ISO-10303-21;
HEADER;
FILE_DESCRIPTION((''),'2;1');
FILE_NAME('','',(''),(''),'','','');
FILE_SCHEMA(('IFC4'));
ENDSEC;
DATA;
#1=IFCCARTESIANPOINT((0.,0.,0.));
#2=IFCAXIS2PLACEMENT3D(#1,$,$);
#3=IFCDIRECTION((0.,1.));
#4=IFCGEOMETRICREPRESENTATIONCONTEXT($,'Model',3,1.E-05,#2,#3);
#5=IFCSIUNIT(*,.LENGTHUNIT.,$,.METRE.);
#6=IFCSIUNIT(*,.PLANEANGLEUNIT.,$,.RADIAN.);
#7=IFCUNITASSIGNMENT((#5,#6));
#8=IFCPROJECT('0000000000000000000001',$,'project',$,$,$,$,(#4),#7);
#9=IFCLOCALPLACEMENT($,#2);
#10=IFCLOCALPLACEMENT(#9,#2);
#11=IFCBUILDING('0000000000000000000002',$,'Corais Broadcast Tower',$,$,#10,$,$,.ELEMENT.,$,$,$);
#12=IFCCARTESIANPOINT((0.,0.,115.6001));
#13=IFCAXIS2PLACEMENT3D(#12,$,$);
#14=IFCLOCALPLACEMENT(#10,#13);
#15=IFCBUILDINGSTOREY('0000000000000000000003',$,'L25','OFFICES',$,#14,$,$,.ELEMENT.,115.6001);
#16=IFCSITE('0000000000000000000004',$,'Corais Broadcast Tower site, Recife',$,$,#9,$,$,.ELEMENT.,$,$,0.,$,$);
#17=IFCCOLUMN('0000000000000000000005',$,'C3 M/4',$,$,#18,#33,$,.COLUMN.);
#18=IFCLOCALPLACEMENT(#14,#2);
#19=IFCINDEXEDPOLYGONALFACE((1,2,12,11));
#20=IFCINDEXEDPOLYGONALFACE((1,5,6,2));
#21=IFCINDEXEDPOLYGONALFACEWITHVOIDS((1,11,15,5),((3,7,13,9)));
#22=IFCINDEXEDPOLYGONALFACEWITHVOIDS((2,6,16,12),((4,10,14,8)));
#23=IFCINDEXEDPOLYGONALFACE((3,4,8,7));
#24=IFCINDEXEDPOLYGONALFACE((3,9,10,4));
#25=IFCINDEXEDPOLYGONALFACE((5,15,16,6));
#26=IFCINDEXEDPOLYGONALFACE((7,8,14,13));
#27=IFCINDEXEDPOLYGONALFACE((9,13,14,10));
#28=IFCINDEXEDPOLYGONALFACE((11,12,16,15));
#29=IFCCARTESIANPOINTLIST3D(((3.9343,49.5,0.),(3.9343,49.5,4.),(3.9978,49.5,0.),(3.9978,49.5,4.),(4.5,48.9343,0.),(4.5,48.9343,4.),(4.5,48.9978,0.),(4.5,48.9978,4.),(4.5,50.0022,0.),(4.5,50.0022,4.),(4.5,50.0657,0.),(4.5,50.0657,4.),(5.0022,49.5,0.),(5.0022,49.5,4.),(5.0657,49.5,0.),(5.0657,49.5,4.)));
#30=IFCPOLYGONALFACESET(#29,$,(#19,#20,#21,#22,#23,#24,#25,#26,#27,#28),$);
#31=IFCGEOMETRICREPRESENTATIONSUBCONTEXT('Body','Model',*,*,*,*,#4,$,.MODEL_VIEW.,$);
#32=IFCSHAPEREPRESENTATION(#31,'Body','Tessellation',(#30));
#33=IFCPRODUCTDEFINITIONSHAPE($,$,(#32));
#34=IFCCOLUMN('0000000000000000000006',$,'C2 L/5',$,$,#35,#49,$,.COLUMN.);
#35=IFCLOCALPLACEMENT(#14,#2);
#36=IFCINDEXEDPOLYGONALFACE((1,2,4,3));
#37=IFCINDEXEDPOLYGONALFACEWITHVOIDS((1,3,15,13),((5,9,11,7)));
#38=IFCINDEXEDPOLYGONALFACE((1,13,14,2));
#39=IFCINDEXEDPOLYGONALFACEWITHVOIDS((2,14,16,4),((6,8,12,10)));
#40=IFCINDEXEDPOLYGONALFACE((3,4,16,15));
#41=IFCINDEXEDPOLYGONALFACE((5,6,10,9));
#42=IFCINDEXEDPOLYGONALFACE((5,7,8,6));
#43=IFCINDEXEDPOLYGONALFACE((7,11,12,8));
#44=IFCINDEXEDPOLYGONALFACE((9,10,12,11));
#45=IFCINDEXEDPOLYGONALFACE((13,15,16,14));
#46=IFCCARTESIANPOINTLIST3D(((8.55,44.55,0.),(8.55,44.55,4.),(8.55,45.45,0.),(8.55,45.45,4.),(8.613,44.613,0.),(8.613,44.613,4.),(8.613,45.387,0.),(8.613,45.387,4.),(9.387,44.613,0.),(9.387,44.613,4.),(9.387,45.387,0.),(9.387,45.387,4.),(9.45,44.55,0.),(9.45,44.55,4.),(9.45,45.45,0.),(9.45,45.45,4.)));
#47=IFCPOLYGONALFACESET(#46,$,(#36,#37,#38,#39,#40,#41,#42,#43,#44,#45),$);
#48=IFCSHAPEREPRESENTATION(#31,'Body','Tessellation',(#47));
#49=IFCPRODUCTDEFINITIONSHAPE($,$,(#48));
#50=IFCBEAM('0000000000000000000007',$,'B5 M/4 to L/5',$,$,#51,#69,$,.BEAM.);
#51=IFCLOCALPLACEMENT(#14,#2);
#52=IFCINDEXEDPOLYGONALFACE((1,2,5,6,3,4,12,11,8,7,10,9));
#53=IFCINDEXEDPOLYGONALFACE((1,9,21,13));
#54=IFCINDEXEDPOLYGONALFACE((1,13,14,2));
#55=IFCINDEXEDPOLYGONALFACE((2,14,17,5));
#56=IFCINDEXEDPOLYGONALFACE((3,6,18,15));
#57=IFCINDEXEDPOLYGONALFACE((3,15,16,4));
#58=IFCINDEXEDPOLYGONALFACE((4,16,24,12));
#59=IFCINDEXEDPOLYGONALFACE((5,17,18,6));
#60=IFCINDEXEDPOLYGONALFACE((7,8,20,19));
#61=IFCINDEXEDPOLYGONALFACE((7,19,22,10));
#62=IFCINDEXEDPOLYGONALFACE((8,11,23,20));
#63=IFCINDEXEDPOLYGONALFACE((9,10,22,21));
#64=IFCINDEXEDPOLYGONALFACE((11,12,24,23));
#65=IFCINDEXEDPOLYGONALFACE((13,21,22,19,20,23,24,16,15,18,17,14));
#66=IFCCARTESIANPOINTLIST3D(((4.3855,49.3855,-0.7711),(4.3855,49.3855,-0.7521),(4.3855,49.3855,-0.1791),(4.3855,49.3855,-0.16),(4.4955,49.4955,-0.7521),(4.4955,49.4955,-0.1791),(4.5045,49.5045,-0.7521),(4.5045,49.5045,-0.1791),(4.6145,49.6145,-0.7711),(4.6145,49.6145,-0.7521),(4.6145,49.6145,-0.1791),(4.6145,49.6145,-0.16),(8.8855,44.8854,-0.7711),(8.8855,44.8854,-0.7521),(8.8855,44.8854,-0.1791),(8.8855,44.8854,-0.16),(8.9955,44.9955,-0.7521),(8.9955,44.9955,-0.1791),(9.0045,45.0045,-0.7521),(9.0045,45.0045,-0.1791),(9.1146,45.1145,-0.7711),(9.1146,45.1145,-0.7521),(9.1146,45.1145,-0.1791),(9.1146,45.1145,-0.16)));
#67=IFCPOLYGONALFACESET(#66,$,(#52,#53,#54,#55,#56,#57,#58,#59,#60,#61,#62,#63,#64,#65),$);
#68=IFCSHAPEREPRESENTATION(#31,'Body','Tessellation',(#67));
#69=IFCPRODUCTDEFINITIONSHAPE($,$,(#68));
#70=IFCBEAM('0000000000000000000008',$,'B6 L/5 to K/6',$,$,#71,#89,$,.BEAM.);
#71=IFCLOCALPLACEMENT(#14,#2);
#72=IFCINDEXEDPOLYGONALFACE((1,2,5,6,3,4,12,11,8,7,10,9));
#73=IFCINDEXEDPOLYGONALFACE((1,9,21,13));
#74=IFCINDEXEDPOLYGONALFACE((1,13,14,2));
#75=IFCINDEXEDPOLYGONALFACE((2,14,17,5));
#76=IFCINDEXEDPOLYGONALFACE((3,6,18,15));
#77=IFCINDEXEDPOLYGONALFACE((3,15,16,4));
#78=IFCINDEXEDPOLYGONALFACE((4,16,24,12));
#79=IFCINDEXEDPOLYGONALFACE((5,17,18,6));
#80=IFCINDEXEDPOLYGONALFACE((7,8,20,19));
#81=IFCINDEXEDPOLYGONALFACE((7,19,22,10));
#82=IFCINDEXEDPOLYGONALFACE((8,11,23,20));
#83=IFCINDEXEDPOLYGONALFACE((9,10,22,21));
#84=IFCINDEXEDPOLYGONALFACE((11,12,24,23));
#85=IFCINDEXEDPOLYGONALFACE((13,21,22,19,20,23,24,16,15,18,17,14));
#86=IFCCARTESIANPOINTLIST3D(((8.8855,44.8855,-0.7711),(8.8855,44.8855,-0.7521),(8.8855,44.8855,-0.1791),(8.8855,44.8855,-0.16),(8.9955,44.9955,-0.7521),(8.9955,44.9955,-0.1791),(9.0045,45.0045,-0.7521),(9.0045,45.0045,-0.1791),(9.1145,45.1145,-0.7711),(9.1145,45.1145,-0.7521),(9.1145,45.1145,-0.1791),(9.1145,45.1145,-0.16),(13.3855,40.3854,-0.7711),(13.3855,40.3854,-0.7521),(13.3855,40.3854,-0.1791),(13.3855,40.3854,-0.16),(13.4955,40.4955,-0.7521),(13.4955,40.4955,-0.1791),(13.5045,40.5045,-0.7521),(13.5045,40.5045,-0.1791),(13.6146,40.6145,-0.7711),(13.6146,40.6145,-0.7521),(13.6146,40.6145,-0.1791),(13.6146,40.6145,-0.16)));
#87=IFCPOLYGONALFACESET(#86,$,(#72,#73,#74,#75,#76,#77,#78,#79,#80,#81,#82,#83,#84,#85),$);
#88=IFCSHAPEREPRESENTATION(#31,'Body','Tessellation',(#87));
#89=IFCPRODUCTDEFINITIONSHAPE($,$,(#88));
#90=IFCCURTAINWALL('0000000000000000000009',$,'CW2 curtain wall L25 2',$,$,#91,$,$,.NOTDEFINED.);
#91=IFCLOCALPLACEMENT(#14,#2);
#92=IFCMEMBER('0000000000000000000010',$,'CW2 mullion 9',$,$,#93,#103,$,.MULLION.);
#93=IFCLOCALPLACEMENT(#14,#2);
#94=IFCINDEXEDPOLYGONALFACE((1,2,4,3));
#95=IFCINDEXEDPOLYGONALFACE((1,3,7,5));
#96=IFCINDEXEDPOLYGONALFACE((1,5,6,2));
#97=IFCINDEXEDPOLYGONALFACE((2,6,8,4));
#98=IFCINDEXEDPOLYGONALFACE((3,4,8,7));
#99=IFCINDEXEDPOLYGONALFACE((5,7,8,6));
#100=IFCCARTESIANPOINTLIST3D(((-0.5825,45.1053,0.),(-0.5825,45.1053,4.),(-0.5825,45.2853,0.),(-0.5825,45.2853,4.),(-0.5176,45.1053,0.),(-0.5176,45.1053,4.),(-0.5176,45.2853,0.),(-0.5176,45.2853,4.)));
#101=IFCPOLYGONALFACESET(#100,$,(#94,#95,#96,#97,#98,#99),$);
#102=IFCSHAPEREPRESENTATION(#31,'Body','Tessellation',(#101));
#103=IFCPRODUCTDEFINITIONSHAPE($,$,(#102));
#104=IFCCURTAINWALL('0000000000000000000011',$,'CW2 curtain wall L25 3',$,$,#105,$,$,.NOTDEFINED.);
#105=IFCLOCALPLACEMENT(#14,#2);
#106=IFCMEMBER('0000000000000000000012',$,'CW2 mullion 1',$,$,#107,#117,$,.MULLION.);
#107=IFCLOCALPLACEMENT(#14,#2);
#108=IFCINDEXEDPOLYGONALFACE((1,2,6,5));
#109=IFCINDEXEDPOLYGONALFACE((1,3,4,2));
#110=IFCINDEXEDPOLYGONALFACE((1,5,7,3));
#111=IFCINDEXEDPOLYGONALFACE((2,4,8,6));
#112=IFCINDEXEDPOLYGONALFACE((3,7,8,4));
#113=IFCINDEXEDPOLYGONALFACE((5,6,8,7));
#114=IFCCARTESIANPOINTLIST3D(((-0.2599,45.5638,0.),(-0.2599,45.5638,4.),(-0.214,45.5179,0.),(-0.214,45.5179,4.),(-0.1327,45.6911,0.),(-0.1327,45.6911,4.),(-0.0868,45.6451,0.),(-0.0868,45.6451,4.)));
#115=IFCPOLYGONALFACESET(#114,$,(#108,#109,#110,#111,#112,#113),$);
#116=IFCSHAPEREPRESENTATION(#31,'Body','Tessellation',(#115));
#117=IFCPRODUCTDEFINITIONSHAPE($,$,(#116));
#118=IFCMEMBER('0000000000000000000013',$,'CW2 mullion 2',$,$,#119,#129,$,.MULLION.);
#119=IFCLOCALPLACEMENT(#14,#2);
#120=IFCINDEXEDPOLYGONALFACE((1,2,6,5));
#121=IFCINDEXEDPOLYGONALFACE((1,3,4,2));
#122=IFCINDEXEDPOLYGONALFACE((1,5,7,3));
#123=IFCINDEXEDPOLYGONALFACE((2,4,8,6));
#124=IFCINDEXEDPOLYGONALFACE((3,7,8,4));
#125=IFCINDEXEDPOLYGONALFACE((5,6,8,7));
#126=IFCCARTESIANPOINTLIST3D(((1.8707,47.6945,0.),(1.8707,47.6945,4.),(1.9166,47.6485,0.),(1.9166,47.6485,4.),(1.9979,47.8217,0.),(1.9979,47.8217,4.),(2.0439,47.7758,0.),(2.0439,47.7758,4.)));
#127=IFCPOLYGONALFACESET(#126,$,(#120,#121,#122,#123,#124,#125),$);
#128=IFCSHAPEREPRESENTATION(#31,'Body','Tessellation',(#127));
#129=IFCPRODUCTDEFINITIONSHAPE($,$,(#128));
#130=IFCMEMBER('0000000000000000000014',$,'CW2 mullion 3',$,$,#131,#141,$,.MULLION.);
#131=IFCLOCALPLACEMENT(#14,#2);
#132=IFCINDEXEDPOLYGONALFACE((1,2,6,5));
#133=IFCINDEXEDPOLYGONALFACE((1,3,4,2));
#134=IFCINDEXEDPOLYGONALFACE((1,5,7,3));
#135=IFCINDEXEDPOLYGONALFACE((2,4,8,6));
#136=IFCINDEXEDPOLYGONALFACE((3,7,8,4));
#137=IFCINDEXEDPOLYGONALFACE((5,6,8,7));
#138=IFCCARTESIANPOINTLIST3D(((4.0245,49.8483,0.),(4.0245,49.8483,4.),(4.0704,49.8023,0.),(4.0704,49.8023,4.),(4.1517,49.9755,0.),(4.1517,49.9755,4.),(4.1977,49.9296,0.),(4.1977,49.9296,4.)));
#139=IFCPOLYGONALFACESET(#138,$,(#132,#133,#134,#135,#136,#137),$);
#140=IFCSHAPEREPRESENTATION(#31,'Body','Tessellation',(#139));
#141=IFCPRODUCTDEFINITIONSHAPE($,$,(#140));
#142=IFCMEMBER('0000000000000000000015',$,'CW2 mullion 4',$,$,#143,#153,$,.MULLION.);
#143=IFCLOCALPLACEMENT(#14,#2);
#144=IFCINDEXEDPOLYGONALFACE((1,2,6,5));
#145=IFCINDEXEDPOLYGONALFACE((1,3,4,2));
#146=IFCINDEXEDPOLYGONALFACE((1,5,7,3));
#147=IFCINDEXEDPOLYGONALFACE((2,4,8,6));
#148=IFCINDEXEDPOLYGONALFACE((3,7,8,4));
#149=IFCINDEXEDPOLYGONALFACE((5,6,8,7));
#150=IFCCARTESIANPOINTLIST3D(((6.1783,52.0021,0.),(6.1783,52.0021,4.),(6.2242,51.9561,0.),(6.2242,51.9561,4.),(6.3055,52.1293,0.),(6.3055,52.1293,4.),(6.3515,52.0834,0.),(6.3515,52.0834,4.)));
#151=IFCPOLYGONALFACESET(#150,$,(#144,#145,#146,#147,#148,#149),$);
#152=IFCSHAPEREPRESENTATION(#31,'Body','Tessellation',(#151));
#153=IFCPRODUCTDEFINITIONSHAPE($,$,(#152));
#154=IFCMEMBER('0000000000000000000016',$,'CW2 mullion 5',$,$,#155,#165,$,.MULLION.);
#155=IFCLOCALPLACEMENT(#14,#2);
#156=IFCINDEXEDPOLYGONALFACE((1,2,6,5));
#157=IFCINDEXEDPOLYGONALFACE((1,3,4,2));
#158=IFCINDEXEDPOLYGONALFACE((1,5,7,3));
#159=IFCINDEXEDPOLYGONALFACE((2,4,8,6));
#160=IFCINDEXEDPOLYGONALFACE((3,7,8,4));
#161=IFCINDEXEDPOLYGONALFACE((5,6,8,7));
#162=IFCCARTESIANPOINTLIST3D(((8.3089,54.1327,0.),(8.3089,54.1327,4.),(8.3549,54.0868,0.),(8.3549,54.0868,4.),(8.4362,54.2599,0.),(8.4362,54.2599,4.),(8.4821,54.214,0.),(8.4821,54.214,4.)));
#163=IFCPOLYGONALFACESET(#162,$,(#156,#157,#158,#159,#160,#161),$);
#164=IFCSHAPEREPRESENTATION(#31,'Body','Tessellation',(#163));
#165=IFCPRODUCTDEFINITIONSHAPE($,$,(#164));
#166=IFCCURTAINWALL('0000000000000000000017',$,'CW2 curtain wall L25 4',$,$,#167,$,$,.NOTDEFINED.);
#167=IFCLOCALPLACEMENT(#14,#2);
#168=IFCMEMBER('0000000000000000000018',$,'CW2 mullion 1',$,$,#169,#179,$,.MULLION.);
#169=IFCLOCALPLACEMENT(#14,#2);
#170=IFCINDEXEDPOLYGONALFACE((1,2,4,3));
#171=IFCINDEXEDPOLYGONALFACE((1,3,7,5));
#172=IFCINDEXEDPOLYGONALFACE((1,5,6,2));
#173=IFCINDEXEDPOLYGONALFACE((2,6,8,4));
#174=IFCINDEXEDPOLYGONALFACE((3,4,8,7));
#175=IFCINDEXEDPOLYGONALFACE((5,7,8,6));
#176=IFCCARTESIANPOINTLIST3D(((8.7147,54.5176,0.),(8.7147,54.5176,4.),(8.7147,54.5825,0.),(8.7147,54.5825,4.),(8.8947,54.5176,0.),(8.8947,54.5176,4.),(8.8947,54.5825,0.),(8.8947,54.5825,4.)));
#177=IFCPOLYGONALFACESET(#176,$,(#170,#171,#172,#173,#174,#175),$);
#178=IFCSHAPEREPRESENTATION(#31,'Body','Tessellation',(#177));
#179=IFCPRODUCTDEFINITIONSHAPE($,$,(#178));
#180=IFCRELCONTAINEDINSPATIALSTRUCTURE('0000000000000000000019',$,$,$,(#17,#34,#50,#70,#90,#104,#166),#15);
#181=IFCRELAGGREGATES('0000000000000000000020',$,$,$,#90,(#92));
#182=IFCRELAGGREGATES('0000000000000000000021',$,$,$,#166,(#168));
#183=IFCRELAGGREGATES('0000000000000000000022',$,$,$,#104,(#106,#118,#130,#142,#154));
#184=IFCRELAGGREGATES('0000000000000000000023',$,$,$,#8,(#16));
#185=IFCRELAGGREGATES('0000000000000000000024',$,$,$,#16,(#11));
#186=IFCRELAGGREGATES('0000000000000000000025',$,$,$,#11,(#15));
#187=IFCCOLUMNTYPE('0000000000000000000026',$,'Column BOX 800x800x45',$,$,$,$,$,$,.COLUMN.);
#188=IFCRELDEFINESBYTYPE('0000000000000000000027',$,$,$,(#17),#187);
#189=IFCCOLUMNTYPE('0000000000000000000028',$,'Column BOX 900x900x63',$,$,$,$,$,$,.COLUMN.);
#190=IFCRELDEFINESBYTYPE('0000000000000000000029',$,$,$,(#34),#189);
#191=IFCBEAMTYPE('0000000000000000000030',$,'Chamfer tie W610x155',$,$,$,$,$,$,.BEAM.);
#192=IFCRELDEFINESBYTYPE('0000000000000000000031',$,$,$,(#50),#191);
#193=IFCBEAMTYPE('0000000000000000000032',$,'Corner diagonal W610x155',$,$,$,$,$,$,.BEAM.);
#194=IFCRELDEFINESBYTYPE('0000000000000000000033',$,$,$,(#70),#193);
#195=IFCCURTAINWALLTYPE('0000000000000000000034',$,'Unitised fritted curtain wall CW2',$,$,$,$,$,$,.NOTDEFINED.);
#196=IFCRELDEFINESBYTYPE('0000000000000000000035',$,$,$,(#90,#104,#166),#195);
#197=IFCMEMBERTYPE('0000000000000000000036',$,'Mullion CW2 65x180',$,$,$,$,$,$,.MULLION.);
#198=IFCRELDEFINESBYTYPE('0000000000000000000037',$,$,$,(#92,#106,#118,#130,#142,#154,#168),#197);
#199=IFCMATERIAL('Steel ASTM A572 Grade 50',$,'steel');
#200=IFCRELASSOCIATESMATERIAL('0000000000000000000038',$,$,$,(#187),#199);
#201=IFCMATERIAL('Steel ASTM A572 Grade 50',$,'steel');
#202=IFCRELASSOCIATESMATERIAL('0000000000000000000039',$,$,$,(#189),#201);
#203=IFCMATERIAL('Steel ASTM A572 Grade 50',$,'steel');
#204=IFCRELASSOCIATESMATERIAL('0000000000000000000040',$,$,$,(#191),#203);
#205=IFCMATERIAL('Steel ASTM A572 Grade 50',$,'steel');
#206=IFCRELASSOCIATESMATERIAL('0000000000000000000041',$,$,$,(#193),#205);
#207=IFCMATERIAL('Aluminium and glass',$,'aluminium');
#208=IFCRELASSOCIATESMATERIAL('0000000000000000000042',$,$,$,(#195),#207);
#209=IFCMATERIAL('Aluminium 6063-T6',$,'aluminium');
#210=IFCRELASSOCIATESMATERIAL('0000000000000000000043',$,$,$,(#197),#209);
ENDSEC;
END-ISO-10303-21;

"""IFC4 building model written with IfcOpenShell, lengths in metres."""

from ifc_helpers import new_model, si_unit, direction, frame, origin, origin_2d, place, context, subcontext, project, spatial, rectangle, hollow_rectangle, i_section, extrude, material, material_profile, profile_set, type_object, element, aggregate, save


model = new_model("IFC4")

# Units and contexts
model_context = context("Model", 3, precision=1e-05, world=origin(), true_north=direction((0.0, 1.0)))
body_context = subcontext(model_context, "Body", "Model", "MODEL_VIEW")
ifc_project = project(units=[si_unit("LENGTHUNIT", "METRE"), si_unit("PLANEANGLEUNIT", "RADIAN")], contexts=[model_context])

# Site, building, storey
site_placement = place(None, origin())
site = spatial("IfcSite", under=ifc_project, at=site_placement, Name="Corais Broadcast Tower site, Recife", CompositionType="ELEMENT", RefElevation=0.0)
building_placement = place(site_placement, origin())
building = spatial("IfcBuilding", under=site, at=building_placement, Name="Corais Broadcast Tower", CompositionType="ELEMENT")
storey_placement = place(building_placement, frame((0.0, 0.0, 115.6001)))
storey = spatial("IfcBuildingStorey", under=building, at=storey_placement, Name="L25", Description="OFFICES", CompositionType="ELEMENT", Elevation=115.6001)

# Columns
ifc_material_1 = material(Name="Steel ASTM A572 Grade 50", Category="steel")
ifc_material_profile_1 = material_profile(ifc_material_1, hollow_rectangle(XDim=0.8, YDim=0.8, WallThickness=0.0449, at=origin_2d()), Name="BOX 800x800x45")
ifc_profile_set_1 = profile_set([ifc_material_profile_1], Name="Steel ASTM A572 Grade 50")
column_type_1 = type_object("IfcColumnType", Name="Column BOX 800x800x45", PredefinedType="COLUMN", material=ifc_profile_set_1)
column_1_placement = place(storey_placement, frame((4.5, 49.5, 0.0), z_axis=(0.0, 0.0, 1.0), x_axis=(0.707107, 0.707107, 0.0)))
element("IfcColumn", 1, at=column_1_placement, inside=storey, type_object=column_type_1, Name="C3 M/4", PredefinedType="COLUMN", context=body_context, shape_type="SweptSolid", body=[
    extrude(hollow_rectangle(XDim=0.8, YDim=0.8, WallThickness=0.0449, at=origin_2d()), origin(), (0.0, 0.0, 1.0), 4.0),
])
ifc_material_2 = material(Name="Steel ASTM A572 Grade 50", Category="steel")
ifc_material_profile_2 = material_profile(ifc_material_2, hollow_rectangle(XDim=0.8999, YDim=0.8999, WallThickness=0.063, at=origin_2d()), Name="BOX 900x900x63")
ifc_profile_set_2 = profile_set([ifc_material_profile_2], Name="Steel ASTM A572 Grade 50")
column_type_2 = type_object("IfcColumnType", Name="Column BOX 900x900x63", PredefinedType="COLUMN", material=ifc_profile_set_2)
column_2_placement = place(storey_placement, frame((9.0, 45.0, 0.0), z_axis=(0.0, 0.0, 1.0), x_axis=(1.0, 0.0, 0.0)))
element("IfcColumn", 2, at=column_2_placement, inside=storey, type_object=column_type_2, Name="C2 L/5", PredefinedType="COLUMN", context=body_context, shape_type="SweptSolid", body=[
    extrude(hollow_rectangle(XDim=0.8999, YDim=0.8999, WallThickness=0.063, at=origin_2d()), origin(), (0.0, 0.0, 1.0), 4.0),
])

# Beams
ifc_material_3 = material(Name="Steel ASTM A572 Grade 50", Category="steel")
ifc_material_profile_3 = material_profile(ifc_material_3, i_section(OverallWidth=0.324, OverallDepth=0.6111, WebThickness=0.0127, FlangeThickness=0.019, at=origin_2d()), Name="W610x155")
ifc_profile_set_3 = profile_set([ifc_material_profile_3], Name="Steel ASTM A572 Grade 50")
beam_type_1 = type_object("IfcBeamType", Name="Chamfer tie W610x155", PredefinedType="BEAM", material=ifc_profile_set_3)
beam_1_placement = place(storey_placement, frame((4.5, 49.5, -0.4656), z_axis=(0.707107, -0.707107, 0.0), x_axis=(0.707107, 0.707107, 0.0)))
element("IfcBeam", 3, at=beam_1_placement, inside=storey, type_object=beam_type_1, Name="B5 M/4 to L/5", PredefinedType="BEAM", context=body_context, shape_type="SweptSolid", body=[
    extrude(i_section(OverallWidth=0.324, OverallDepth=0.6111, WebThickness=0.0127, FlangeThickness=0.019, at=origin_2d()), origin(), (0.0, 0.0, 1.0), 6.364),
])
ifc_material_4 = material(Name="Steel ASTM A572 Grade 50", Category="steel")
ifc_material_profile_4 = material_profile(ifc_material_4, i_section(OverallWidth=0.324, OverallDepth=0.6111, WebThickness=0.0127, FlangeThickness=0.019, at=origin_2d()), Name="W610x155")
ifc_profile_set_4 = profile_set([ifc_material_profile_4], Name="Steel ASTM A572 Grade 50")
beam_type_2 = type_object("IfcBeamType", Name="Corner diagonal W610x155", PredefinedType="BEAM", material=ifc_profile_set_4)
beam_2_placement = place(storey_placement, frame((9.0, 45.0, -0.4656), z_axis=(0.707107, -0.707107, 0.0), x_axis=(0.707107, 0.707107, 0.0)))
element("IfcBeam", 4, at=beam_2_placement, inside=storey, type_object=beam_type_2, Name="B6 L/5 to K/6", PredefinedType="BEAM", context=body_context, shape_type="SweptSolid", body=[
    extrude(i_section(OverallWidth=0.324, OverallDepth=0.6111, WebThickness=0.0127, FlangeThickness=0.019, at=origin_2d()), origin(), (0.0, 0.0, 1.0), 6.364),
])

# Curtain wall, member
ifc_material_5 = material(Name="Aluminium and glass", Category="aluminium")
curtain_wall_type = type_object("IfcCurtainWallType", Name="Unitised fritted curtain wall CW2", PredefinedType="NOTDEFINED", material=ifc_material_5)
curtain_wall_1_placement = place(storey_placement, origin())
curtain_wall_1 = element("IfcCurtainWall", 5, at=curtain_wall_1_placement, inside=storey, type_object=curtain_wall_type, Name="CW2 curtain wall L25 2", PredefinedType="NOTDEFINED")
ifc_material_6 = material(Name="Aluminium 6063-T6", Category="aluminium")
ifc_material_profile_5 = material_profile(ifc_material_6, rectangle(XDim=0.0649, YDim=0.1799, at=origin_2d()), Name="Mullion CW2 65x180")
ifc_profile_set_5 = profile_set([ifc_material_profile_5], Name="Aluminium 6063-T6")
member_type_1 = type_object("IfcMemberType", Name="Mullion CW2 65x180", PredefinedType="MULLION", material=ifc_profile_set_5)
member_1_placement = place(storey_placement, frame((-0.55, 45.1953, 0.0), z_axis=(0.0, 0.0, 1.0), x_axis=(-1.0, 0.0, 0.0)))
member_1 = element("IfcMember", 6, at=member_1_placement, type_object=member_type_1, Name="CW2 mullion 9", PredefinedType="MULLION", context=body_context, shape_type="SweptSolid", body=[
    extrude(rectangle(XDim=0.0649, YDim=0.1799, at=origin_2d()), origin(), (0.0, 0.0, 1.0), 4.0),
])
aggregate(curtain_wall_1, [member_1])

# Curtain wall, members
curtain_wall_2_placement = place(storey_placement, origin())
curtain_wall_2 = element("IfcCurtainWall", 7, at=curtain_wall_2_placement, inside=storey, type_object=curtain_wall_type, Name="CW2 curtain wall L25 3", PredefinedType="NOTDEFINED")
member_2_placement = place(storey_placement, frame((-0.1733, 45.6045, 0.0), z_axis=(0.0, 0.0, 1.0), x_axis=(-0.707107, 0.707107, 0.0)))
member_2 = element("IfcMember", 8, at=member_2_placement, type_object=member_type_1, Name="CW2 mullion 1", PredefinedType="MULLION", context=body_context, shape_type="SweptSolid", body=[
    extrude(rectangle(XDim=0.0649, YDim=0.1799, at=origin_2d()), origin(), (0.0, 0.0, 1.0), 4.0),
])
member_3_placement = place(storey_placement, frame((1.9573, 47.7351, 0.0), z_axis=(0.0, 0.0, 1.0), x_axis=(-0.707107, 0.707107, 0.0)))
member_3 = element("IfcMember", 9, at=member_3_placement, type_object=member_type_1, Name="CW2 mullion 2", PredefinedType="MULLION", context=body_context, shape_type="SweptSolid", body=[
    extrude(rectangle(XDim=0.0649, YDim=0.1799, at=origin_2d()), origin(), (0.0, 0.0, 1.0), 4.0),
])
member_4_placement = place(storey_placement, frame((4.1111, 49.8889, 0.0), z_axis=(0.0, 0.0, 1.0), x_axis=(-0.707107, 0.707107, 0.0)))
member_4 = element("IfcMember", 10, at=member_4_placement, type_object=member_type_1, Name="CW2 mullion 3", PredefinedType="MULLION", context=body_context, shape_type="SweptSolid", body=[
    extrude(rectangle(XDim=0.0649, YDim=0.1799, at=origin_2d()), origin(), (0.0, 0.0, 1.0), 4.0),
])
member_5_placement = place(storey_placement, frame((6.2649, 52.0427, 0.0), z_axis=(0.0, 0.0, 1.0), x_axis=(-0.707107, 0.707107, 0.0)))
member_5 = element("IfcMember", 11, at=member_5_placement, type_object=member_type_1, Name="CW2 mullion 4", PredefinedType="MULLION", context=body_context, shape_type="SweptSolid", body=[
    extrude(rectangle(XDim=0.0649, YDim=0.1799, at=origin_2d()), origin(), (0.0, 0.0, 1.0), 4.0),
])
member_6_placement = place(storey_placement, frame((8.3955, 54.1733, 0.0), z_axis=(0.0, 0.0, 1.0), x_axis=(-0.707107, 0.707107, 0.0)))
member_6 = element("IfcMember", 12, at=member_6_placement, type_object=member_type_1, Name="CW2 mullion 5", PredefinedType="MULLION", context=body_context, shape_type="SweptSolid", body=[
    extrude(rectangle(XDim=0.0649, YDim=0.1799, at=origin_2d()), origin(), (0.0, 0.0, 1.0), 4.0),
])

# Curtain wall, member
curtain_wall_3_placement = place(storey_placement, origin())
curtain_wall_3 = element("IfcCurtainWall", 13, at=curtain_wall_3_placement, inside=storey, type_object=curtain_wall_type, Name="CW2 curtain wall L25 4", PredefinedType="NOTDEFINED")
member_7_placement = place(storey_placement, frame((8.8047, 54.55, 0.0), z_axis=(0.0, 0.0, 1.0), x_axis=(0.0, 1.0, 0.0)))
member_7 = element("IfcMember", 14, at=member_7_placement, type_object=member_type_1, Name="CW2 mullion 1", PredefinedType="MULLION", context=body_context, shape_type="SweptSolid", body=[
    extrude(rectangle(XDim=0.0649, YDim=0.1799, at=origin_2d()), origin(), (0.0, 0.0, 1.0), 4.0),
])

aggregate(curtain_wall_3, [member_7])

aggregate(curtain_wall_2, [member_2, member_3, member_4, member_5, member_6])

save(model, "model.ifc")
